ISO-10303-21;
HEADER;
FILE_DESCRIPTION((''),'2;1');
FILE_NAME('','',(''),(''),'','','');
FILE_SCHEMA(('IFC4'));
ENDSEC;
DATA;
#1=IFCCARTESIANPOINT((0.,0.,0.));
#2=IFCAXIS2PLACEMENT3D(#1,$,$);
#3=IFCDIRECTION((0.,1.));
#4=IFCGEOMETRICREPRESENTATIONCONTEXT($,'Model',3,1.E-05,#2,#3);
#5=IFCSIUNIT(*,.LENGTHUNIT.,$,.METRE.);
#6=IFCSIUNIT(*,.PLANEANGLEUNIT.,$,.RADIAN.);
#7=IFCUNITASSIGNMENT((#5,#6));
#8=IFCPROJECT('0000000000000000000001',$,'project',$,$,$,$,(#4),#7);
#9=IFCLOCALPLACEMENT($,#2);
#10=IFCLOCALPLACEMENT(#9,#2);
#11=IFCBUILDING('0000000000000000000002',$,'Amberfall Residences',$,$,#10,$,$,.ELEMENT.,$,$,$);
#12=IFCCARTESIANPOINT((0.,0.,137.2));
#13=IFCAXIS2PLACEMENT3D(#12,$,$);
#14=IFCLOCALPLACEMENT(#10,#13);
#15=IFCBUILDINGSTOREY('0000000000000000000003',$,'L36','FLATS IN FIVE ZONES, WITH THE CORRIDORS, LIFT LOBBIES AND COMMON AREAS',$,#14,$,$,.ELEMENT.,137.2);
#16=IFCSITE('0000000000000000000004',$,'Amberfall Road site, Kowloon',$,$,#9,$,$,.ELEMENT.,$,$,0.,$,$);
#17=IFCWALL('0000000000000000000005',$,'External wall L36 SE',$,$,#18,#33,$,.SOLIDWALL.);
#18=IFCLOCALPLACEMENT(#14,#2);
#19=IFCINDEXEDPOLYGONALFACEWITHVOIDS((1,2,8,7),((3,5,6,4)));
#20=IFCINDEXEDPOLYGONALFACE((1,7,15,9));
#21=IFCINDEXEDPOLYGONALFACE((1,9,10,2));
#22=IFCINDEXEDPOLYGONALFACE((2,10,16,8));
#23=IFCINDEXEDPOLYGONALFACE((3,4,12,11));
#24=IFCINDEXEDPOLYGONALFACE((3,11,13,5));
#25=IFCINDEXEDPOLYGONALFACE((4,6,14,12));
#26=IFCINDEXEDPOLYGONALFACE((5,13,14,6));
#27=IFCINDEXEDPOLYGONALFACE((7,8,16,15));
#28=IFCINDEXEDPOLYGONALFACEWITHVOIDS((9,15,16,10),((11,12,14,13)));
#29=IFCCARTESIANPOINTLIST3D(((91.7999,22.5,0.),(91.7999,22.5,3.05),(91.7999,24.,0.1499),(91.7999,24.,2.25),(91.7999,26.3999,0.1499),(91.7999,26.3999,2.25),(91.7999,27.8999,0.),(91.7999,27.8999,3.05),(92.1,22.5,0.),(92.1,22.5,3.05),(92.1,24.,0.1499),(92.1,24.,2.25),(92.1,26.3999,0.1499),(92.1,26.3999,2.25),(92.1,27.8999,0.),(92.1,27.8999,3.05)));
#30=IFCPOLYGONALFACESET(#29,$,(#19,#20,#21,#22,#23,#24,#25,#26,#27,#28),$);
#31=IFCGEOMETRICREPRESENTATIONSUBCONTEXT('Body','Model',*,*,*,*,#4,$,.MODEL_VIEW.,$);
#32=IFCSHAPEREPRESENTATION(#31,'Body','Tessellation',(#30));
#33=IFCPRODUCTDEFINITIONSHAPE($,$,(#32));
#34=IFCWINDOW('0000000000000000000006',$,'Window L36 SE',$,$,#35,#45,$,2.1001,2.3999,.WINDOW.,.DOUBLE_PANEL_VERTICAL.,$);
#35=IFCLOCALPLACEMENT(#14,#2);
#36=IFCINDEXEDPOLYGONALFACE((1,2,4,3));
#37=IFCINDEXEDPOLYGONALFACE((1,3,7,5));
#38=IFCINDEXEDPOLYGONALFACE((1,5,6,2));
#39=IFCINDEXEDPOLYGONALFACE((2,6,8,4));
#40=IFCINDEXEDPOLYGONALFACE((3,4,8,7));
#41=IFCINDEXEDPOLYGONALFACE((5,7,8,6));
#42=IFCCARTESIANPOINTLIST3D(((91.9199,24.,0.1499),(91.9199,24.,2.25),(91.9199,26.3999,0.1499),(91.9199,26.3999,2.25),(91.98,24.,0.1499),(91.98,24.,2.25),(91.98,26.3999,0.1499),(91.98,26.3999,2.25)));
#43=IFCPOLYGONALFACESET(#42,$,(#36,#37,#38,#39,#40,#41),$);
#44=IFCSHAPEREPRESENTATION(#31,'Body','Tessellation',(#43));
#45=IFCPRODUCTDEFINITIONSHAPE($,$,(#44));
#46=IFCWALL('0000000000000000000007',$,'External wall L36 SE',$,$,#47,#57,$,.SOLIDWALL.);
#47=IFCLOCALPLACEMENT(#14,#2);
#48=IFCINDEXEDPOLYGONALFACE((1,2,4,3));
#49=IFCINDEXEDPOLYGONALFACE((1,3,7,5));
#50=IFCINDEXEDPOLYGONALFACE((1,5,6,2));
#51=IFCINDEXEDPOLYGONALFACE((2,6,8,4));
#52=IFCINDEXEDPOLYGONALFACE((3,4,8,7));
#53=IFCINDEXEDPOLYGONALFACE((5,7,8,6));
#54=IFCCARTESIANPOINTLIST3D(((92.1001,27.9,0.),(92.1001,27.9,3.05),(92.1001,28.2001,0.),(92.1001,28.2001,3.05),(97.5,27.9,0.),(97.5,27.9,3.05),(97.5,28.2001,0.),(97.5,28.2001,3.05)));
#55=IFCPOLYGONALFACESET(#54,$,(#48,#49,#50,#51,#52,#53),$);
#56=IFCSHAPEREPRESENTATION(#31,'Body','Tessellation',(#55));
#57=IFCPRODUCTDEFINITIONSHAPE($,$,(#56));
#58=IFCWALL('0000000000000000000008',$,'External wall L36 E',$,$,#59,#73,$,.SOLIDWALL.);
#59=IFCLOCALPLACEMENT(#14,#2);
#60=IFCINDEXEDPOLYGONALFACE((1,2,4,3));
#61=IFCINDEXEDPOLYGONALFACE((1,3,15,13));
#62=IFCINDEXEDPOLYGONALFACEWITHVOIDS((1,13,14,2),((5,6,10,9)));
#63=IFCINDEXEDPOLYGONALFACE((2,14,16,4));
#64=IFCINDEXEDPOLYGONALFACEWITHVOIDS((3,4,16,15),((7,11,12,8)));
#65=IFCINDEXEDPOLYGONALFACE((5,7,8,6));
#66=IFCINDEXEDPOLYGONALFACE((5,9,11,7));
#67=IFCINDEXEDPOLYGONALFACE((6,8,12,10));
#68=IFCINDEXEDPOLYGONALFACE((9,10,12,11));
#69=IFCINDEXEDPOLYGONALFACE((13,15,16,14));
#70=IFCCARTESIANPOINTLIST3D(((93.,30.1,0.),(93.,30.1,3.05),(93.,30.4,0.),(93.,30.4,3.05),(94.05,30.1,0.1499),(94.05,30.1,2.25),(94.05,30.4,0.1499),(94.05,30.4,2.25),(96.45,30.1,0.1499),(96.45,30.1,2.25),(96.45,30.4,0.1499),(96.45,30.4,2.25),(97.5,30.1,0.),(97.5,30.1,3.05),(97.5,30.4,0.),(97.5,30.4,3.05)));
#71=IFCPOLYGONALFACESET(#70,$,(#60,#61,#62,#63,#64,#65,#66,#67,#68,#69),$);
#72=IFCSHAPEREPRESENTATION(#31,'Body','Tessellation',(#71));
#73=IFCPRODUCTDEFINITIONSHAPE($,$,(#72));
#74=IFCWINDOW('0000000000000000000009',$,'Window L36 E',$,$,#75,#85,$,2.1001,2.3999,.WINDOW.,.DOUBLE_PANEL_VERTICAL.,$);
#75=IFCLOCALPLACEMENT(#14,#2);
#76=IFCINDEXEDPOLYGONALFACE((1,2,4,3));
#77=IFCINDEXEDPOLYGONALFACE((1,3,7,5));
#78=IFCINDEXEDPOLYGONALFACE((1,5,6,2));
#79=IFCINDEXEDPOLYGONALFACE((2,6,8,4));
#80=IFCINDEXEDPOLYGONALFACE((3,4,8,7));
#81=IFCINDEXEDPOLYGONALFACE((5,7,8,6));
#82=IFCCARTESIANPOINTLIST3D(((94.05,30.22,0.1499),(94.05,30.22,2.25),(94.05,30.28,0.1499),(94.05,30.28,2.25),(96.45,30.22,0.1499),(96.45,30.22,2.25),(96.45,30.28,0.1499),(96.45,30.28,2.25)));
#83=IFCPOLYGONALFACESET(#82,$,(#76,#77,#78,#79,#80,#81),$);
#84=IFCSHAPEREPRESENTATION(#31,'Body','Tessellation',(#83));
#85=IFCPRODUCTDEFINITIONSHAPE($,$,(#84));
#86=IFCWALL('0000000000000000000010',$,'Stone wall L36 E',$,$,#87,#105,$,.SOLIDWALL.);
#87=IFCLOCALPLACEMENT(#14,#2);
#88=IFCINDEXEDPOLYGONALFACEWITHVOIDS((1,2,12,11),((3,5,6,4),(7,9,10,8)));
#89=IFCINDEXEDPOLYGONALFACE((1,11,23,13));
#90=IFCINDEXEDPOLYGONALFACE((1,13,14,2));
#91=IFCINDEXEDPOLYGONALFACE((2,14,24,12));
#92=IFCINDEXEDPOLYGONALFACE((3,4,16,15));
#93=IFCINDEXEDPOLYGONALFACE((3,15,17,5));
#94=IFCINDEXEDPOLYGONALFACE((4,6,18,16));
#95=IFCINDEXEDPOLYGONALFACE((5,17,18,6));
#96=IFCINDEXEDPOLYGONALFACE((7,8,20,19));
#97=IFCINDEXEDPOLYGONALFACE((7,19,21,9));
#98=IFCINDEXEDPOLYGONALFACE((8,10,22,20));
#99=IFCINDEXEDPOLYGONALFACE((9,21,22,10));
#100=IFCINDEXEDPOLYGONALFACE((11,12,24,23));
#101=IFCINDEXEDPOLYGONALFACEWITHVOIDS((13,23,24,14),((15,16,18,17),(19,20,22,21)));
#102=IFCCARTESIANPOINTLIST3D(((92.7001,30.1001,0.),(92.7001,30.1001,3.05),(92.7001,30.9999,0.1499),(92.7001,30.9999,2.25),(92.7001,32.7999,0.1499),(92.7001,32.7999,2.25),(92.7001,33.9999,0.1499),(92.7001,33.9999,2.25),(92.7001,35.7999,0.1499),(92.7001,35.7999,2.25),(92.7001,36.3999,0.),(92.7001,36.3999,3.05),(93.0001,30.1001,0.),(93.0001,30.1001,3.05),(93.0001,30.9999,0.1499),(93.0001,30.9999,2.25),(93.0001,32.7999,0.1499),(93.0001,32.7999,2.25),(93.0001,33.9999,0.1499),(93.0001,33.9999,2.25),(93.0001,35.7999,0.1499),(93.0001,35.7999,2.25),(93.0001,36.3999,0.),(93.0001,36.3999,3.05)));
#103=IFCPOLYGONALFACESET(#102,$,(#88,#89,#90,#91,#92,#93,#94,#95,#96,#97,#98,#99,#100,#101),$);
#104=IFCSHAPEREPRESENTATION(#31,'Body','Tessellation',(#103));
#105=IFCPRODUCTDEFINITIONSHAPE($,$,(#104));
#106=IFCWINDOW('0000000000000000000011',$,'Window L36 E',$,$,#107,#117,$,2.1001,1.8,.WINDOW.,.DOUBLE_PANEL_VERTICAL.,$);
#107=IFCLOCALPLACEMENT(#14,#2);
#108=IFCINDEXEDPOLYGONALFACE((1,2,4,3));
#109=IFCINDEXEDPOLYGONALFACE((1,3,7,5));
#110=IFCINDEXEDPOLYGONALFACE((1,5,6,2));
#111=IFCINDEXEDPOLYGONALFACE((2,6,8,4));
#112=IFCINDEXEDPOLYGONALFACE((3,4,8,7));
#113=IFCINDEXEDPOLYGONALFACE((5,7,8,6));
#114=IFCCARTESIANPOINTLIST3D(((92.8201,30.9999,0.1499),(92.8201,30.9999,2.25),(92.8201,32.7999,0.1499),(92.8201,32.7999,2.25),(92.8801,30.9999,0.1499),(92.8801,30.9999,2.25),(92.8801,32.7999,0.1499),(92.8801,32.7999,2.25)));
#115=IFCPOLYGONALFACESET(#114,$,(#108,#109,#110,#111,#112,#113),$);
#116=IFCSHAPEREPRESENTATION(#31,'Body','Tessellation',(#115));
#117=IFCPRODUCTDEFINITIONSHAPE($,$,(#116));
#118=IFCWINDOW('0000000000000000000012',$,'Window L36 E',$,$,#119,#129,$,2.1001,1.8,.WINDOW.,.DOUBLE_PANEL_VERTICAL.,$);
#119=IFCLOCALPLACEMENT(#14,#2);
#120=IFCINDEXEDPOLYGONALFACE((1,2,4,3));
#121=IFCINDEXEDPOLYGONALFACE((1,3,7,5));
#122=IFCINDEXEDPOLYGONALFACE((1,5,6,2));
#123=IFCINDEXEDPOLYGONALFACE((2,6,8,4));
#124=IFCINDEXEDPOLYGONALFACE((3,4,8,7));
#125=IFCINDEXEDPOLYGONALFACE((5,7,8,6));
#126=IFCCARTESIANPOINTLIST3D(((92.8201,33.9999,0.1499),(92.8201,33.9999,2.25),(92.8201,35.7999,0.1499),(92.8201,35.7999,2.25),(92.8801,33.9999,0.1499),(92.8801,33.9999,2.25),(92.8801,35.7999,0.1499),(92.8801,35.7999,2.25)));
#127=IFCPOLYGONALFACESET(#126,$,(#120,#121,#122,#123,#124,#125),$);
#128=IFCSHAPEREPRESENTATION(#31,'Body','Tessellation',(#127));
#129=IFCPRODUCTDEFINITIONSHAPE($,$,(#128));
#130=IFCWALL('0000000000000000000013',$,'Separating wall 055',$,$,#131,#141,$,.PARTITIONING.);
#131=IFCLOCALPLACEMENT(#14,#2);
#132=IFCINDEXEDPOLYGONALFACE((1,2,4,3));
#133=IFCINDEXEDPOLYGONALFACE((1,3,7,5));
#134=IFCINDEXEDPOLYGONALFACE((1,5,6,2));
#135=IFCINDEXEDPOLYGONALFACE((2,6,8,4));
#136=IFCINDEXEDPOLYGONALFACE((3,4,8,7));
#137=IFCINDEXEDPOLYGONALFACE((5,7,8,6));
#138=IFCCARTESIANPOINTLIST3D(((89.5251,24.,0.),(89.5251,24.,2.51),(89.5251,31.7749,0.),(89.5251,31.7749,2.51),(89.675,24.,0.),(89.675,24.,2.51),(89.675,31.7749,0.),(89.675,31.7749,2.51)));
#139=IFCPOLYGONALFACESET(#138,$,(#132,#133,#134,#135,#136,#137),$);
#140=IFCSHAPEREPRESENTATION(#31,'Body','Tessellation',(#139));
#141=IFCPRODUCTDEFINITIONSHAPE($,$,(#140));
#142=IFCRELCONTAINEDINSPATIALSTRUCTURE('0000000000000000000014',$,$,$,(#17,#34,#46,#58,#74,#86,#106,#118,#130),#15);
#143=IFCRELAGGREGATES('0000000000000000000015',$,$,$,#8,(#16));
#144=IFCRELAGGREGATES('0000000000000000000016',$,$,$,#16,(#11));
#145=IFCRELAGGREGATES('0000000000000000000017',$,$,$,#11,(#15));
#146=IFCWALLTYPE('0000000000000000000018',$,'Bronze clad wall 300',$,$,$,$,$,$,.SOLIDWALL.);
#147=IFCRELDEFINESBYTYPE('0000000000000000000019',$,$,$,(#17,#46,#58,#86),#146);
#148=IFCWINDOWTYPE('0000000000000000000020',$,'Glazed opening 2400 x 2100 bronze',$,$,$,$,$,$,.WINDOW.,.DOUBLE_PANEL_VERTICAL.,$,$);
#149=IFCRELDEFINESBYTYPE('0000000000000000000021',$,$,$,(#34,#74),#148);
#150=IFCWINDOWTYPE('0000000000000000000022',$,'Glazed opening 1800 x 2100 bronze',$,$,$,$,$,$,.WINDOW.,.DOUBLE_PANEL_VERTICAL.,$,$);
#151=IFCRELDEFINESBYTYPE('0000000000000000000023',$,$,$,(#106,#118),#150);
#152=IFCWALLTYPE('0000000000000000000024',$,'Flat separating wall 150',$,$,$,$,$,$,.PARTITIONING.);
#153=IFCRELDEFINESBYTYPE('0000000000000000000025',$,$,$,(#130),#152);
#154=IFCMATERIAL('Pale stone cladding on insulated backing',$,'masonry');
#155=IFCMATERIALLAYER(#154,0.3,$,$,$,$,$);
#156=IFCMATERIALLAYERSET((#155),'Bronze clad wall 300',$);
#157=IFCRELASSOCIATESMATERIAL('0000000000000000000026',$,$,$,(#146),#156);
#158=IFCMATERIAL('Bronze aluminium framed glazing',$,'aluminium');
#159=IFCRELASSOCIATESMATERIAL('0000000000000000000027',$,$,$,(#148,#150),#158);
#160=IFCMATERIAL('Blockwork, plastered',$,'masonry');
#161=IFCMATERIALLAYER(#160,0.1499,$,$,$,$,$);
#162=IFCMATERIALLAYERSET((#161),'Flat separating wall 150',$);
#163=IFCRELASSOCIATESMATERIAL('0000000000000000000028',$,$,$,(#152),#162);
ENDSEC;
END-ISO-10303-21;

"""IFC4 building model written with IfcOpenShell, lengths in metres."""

from ifc_helpers import new_model, si_unit, direction, frame, frame_2d, origin, place, context, subcontext, project, spatial, rectangle, extrude, material, layer, layer_set, type_object, element, fill, save


model = new_model("IFC4")

# Units and contexts
model_context = context("Model", 3, precision=1e-05, world=origin(), true_north=direction((0.0, 1.0)))
body_context = subcontext(model_context, "Body", "Model", "MODEL_VIEW")
ifc_project = project(units=[si_unit("LENGTHUNIT", "METRE"), si_unit("PLANEANGLEUNIT", "RADIAN")], contexts=[model_context])

# Site, building, storey
site_placement = place(None, origin())
site = spatial("IfcSite", under=ifc_project, at=site_placement, Name="Amberfall Road site, Kowloon", CompositionType="ELEMENT", RefElevation=0.0)
building_placement = place(site_placement, origin())
building = spatial("IfcBuilding", under=site, at=building_placement, Name="Amberfall Residences", CompositionType="ELEMENT")
storey_placement = place(building_placement, frame((0.0, 0.0, 137.2)))
storey = spatial("IfcBuildingStorey", under=building, at=storey_placement, Name="L36", Description="FLATS IN FIVE ZONES, WITH THE CORRIDORS, LIFT LOBBIES AND COMMON AREAS", CompositionType="ELEMENT", Elevation=137.2)

# Shared definitions
ifc_material_1 = material(Name="Pale stone cladding on insulated backing", Category="masonry")
ifc_layer_1 = layer(ifc_material_1, 0.3)
ifc_layer_set_1 = layer_set([ifc_layer_1], Name="Bronze clad wall 300")
wall_type_1 = type_object("IfcWallType", Name="Bronze clad wall 300", PredefinedType="SOLIDWALL", material=ifc_layer_set_1)

# Wall, opening, window
wall_1_placement = place(storey_placement, frame((91.95, 22.5, 0.0), z_axis=(0.0, 0.0, 1.0), x_axis=(0.0, 1.0, 0.0)))
wall_1 = element("IfcWall", 1, at=wall_1_placement, inside=storey, type_object=wall_type_1, Name="External wall L36 SE", PredefinedType="SOLIDWALL", context=body_context, shape_type="SweptSolid", body=[
    extrude(rectangle(XDim=5.3999, YDim=0.3, at=frame_2d((2.7, 0.0))), origin(), (0.0, 0.0, 1.0), 3.05),
])
opening_1_placement = place(wall_1_placement, frame((1.5, 0.0, 0.1499)))
opening_1 = element("IfcOpeningElement", 2, at=opening_1_placement, cuts=wall_1, PredefinedType="OPENING", context=body_context, shape_type="SweptSolid", body=[
    extrude(rectangle(XDim=2.3999, YDim=2.1001, at=frame_2d((1.2, 1.05))), frame((0.0, 0.1599, 0.0), z_axis=(0.0, -1.0, 0.0), x_axis=(1.0, 0.0, 0.0)), (0.0, 0.0, 1.0), 0.3201),
])
ifc_material_2 = material(Name="Bronze aluminium framed glazing", Category="aluminium")
window_type_1 = type_object("IfcWindowType", Name="Glazed opening 2400 x 2100 bronze", PartitioningType="DOUBLE_PANEL_VERTICAL", PredefinedType="WINDOW", material=ifc_material_2)
window_1_placement = place(opening_1_placement, origin())
window_1 = element("IfcWindow", 3, at=window_1_placement, inside=storey, type_object=window_type_1, Name="Window L36 SE", OverallHeight=2.1001, OverallWidth=2.3999, PartitioningType="DOUBLE_PANEL_VERTICAL", PredefinedType="WINDOW", context=body_context, shape_type="SweptSolid", body=[
    extrude(rectangle(XDim=2.3999, YDim=2.1001, at=frame_2d((1.2, 1.05))), frame((0.0, 0.03, 0.0), z_axis=(0.0, -1.0, 0.0), x_axis=(1.0, 0.0, 0.0)), (0.0, 0.0, 1.0), 0.0601),
])
fill(opening_1, window_1)

# Wall
wall_2_placement = place(storey_placement, frame((92.1001, 28.05, 0.0), z_axis=(0.0, 0.0, 1.0), x_axis=(1.0, 0.0, 0.0)))
element("IfcWall", 4, at=wall_2_placement, inside=storey, type_object=wall_type_1, Name="External wall L36 SE", PredefinedType="SOLIDWALL", context=body_context, shape_type="SweptSolid", body=[
    extrude(rectangle(XDim=5.3999, YDim=0.3, at=frame_2d((2.7, 0.0))), origin(), (0.0, 0.0, 1.0), 3.05),
])

# Wall, opening, window
wall_3_placement = place(storey_placement, frame((97.5, 30.25, 0.0), z_axis=(0.0, 0.0, 1.0), x_axis=(-1.0, 0.0, 0.0)))
wall_3 = element("IfcWall", 5, at=wall_3_placement, inside=storey, type_object=wall_type_1, Name="External wall L36 E", PredefinedType="SOLIDWALL", context=body_context, shape_type="SweptSolid", body=[
    extrude(rectangle(XDim=4.5, YDim=0.3, at=frame_2d((2.25, 0.0))), origin(), (0.0, 0.0, 1.0), 3.05),
])
opening_2_placement = place(wall_3_placement, frame((1.05, 0.0, 0.1499)))
opening_2 = element("IfcOpeningElement", 6, at=opening_2_placement, cuts=wall_3, PredefinedType="OPENING", context=body_context, shape_type="SweptSolid", body=[
    extrude(rectangle(XDim=2.3999, YDim=2.1001, at=frame_2d((1.2, 1.05))), frame((0.0, 0.1599, 0.0), z_axis=(0.0, -1.0, 0.0), x_axis=(1.0, 0.0, 0.0)), (0.0, 0.0, 1.0), 0.3201),
])
window_2_placement = place(opening_2_placement, origin())
window_2 = element("IfcWindow", 7, at=window_2_placement, inside=storey, type_object=window_type_1, Name="Window L36 E", OverallHeight=2.1001, OverallWidth=2.3999, PartitioningType="DOUBLE_PANEL_VERTICAL", PredefinedType="WINDOW", context=body_context, shape_type="SweptSolid", body=[
    extrude(rectangle(XDim=2.3999, YDim=2.1001, at=frame_2d((1.2, 1.05))), frame((0.0, 0.03, 0.0), z_axis=(0.0, -1.0, 0.0), x_axis=(1.0, 0.0, 0.0)), (0.0, 0.0, 1.0), 0.0601),
])
fill(opening_2, window_2)

# Wall, openings, windows
wall_4_placement = place(storey_placement, frame((92.8501, 30.1001, 0.0), z_axis=(0.0, 0.0, 1.0), x_axis=(0.0, 1.0, 0.0)))
wall_4 = element("IfcWall", 8, at=wall_4_placement, inside=storey, type_object=wall_type_1, Name="Stone wall L36 E", PredefinedType="SOLIDWALL", context=body_context, shape_type="SweptSolid", body=[
    extrude(rectangle(XDim=6.2998, YDim=0.3, at=frame_2d((3.1499, 0.0))), origin(), (0.0, 0.0, 1.0), 3.05),
])
opening_3_placement = place(wall_4_placement, frame((0.8999, 0.0, 0.1499)))
opening_3 = element("IfcOpeningElement", 9, at=opening_3_placement, cuts=wall_4, PredefinedType="OPENING", context=body_context, shape_type="SweptSolid", body=[
    extrude(rectangle(XDim=1.8, YDim=2.1001, at=frame_2d((0.8999, 1.05))), frame((0.0, 0.1599, 0.0), z_axis=(0.0, -1.0, 0.0), x_axis=(1.0, 0.0, 0.0)), (0.0, 0.0, 1.0), 0.3201),
])
opening_4_placement = place(wall_4_placement, frame((3.8999, 0.0, 0.1499)))
opening_4 = element("IfcOpeningElement", 10, at=opening_4_placement, cuts=wall_4, PredefinedType="OPENING", context=body_context, shape_type="SweptSolid", body=[
    extrude(rectangle(XDim=1.8, YDim=2.1001, at=frame_2d((0.8999, 1.05))), frame((0.0, 0.1599, 0.0), z_axis=(0.0, -1.0, 0.0), x_axis=(1.0, 0.0, 0.0)), (0.0, 0.0, 1.0), 0.3201),
])
window_type_2 = type_object("IfcWindowType", Name="Glazed opening 1800 x 2100 bronze", PartitioningType="DOUBLE_PANEL_VERTICAL", PredefinedType="WINDOW", material=ifc_material_2)
window_3_placement = place(opening_3_placement, origin())
window_3 = element("IfcWindow", 11, at=window_3_placement, inside=storey, type_object=window_type_2, Name="Window L36 E", OverallHeight=2.1001, OverallWidth=1.8, PartitioningType="DOUBLE_PANEL_VERTICAL", PredefinedType="WINDOW", context=body_context, shape_type="SweptSolid", body=[
    extrude(rectangle(XDim=1.8, YDim=2.1001, at=frame_2d((0.8999, 1.05))), frame((0.0, 0.03, 0.0), z_axis=(0.0, -1.0, 0.0), x_axis=(1.0, 0.0, 0.0)), (0.0, 0.0, 1.0), 0.0601),
])
fill(opening_3, window_3)
window_4_placement = place(opening_4_placement, origin())
window_4 = element("IfcWindow", 12, at=window_4_placement, inside=storey, type_object=window_type_2, Name="Window L36 E", OverallHeight=2.1001, OverallWidth=1.8, PartitioningType="DOUBLE_PANEL_VERTICAL", PredefinedType="WINDOW", context=body_context, shape_type="SweptSolid", body=[
    extrude(rectangle(XDim=1.8, YDim=2.1001, at=frame_2d((0.8999, 1.05))), frame((0.0, 0.03, 0.0), z_axis=(0.0, -1.0, 0.0), x_axis=(1.0, 0.0, 0.0)), (0.0, 0.0, 1.0), 0.0601),
])
fill(opening_4, window_4)

# Wall
ifc_material_3 = material(Name="Blockwork, plastered", Category="masonry")
ifc_layer_2 = layer(ifc_material_3, 0.1499)
ifc_layer_set_2 = layer_set([ifc_layer_2], Name="Flat separating wall 150")
wall_type_2 = type_object("IfcWallType", Name="Flat separating wall 150", PredefinedType="PARTITIONING", material=ifc_layer_set_2)
wall_5_placement = place(storey_placement, frame((89.6001, 24.0, 0.0), z_axis=(0.0, 0.0, 1.0), x_axis=(0.0, 1.0, 0.0)))
element("IfcWall", 13, at=wall_5_placement, inside=storey, type_object=wall_type_2, Name="Separating wall 055", PredefinedType="PARTITIONING", context=body_context, shape_type="SweptSolid", body=[
    extrude(rectangle(XDim=7.7749, YDim=0.1499, at=frame_2d((3.8875, 0.0))), origin(), (0.0, 0.0, 1.0), 2.51),
])

save(model, "model.ifc")
